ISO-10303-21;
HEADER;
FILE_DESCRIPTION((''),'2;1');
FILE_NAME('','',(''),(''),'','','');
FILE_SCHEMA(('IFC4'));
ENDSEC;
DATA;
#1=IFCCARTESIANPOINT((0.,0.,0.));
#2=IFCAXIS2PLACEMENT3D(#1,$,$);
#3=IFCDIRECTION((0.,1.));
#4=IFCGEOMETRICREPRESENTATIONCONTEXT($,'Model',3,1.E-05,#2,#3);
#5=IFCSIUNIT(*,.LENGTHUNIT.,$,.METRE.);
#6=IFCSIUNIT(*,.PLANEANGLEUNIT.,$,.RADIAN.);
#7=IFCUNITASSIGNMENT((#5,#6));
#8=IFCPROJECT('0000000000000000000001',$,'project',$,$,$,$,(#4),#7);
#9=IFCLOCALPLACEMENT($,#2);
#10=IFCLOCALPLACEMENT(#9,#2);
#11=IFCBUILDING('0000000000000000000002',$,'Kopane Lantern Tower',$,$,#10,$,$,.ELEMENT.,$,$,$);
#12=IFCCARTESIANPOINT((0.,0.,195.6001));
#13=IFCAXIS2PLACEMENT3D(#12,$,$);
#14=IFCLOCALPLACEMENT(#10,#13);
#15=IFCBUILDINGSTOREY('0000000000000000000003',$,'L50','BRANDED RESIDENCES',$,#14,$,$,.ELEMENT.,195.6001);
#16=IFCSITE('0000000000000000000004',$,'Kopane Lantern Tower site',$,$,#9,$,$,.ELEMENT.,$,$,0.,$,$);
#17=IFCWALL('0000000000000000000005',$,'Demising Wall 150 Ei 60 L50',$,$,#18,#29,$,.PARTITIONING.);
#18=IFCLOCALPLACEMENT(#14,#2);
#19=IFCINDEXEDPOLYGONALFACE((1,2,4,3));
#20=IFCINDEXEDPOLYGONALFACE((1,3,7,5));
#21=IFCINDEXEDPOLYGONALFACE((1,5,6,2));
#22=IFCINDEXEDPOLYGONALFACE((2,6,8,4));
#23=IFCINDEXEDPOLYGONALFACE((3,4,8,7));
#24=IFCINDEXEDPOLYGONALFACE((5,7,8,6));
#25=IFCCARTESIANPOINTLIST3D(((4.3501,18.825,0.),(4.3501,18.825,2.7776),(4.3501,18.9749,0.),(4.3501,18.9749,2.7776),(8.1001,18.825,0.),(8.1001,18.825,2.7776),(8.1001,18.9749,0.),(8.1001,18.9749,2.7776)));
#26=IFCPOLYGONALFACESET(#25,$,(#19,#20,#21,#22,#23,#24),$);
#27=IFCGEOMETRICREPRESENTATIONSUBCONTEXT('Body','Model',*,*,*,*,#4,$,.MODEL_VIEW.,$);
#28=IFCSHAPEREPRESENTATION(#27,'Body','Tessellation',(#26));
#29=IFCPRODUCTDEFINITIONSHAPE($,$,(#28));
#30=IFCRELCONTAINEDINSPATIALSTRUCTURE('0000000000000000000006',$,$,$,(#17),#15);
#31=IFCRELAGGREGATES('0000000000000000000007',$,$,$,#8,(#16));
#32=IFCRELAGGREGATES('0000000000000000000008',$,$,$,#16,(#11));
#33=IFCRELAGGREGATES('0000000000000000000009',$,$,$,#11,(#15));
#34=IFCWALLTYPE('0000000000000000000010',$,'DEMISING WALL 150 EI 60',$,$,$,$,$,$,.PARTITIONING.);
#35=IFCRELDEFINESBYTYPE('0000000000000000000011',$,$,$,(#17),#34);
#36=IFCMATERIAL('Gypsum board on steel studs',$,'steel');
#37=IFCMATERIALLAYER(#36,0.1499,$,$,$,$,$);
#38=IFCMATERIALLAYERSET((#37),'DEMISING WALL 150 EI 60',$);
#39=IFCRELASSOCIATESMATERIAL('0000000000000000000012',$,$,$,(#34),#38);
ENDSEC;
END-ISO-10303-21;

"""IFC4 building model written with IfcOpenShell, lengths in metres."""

from ifc_helpers import new_model, si_unit, direction, frame, frame_2d, origin, place, context, subcontext, project, spatial, rectangle, extrude, material, layer, layer_set, type_object, element, save


model = new_model("IFC4")

# Units and contexts
model_context = context("Model", 3, precision=1e-05, world=origin(), true_north=direction((0.0, 1.0)))
body_context = subcontext(model_context, "Body", "Model", "MODEL_VIEW")
ifc_project = project(units=[si_unit("LENGTHUNIT", "METRE"), si_unit("PLANEANGLEUNIT", "RADIAN")], contexts=[model_context])

# Site, building, storey
site_placement = place(None, origin())
site = spatial("IfcSite", under=ifc_project, at=site_placement, Name="Kopane Lantern Tower site", CompositionType="ELEMENT", RefElevation=0.0)
building_placement = place(site_placement, origin())
building = spatial("IfcBuilding", under=site, at=building_placement, Name="Kopane Lantern Tower", CompositionType="ELEMENT")
storey_placement = place(building_placement, frame((0.0, 0.0, 195.6001)))
storey = spatial("IfcBuildingStorey", under=building, at=storey_placement, Name="L50", Description="BRANDED RESIDENCES", CompositionType="ELEMENT", Elevation=195.6001)

# Wall
ifc_material_1 = material(Name="Gypsum board on steel studs", Category="steel")
ifc_layer_1 = layer(ifc_material_1, 0.1499)
ifc_layer_set_1 = layer_set([ifc_layer_1], Name="DEMISING WALL 150 EI 60")
wall_type_1 = type_object("IfcWallType", Name="DEMISING WALL 150 EI 60", PredefinedType="PARTITIONING", material=ifc_layer_set_1)
wall_1_placement = place(storey_placement, frame((4.3501, 18.8999, 0.0), z_axis=(0.0, 0.0, 1.0), x_axis=(1.0, 0.0, 0.0)))
element("IfcWall", 1, at=wall_1_placement, inside=storey, type_object=wall_type_1, Name="Demising Wall 150 Ei 60 L50", PredefinedType="PARTITIONING", context=body_context, shape_type="SweptSolid", body=[
    extrude(rectangle(XDim=3.75, YDim=0.1499, at=frame_2d((1.875, 0.0))), origin(), (0.0, 0.0, 1.0), 2.7776),
])

save(model, "model.ifc")
